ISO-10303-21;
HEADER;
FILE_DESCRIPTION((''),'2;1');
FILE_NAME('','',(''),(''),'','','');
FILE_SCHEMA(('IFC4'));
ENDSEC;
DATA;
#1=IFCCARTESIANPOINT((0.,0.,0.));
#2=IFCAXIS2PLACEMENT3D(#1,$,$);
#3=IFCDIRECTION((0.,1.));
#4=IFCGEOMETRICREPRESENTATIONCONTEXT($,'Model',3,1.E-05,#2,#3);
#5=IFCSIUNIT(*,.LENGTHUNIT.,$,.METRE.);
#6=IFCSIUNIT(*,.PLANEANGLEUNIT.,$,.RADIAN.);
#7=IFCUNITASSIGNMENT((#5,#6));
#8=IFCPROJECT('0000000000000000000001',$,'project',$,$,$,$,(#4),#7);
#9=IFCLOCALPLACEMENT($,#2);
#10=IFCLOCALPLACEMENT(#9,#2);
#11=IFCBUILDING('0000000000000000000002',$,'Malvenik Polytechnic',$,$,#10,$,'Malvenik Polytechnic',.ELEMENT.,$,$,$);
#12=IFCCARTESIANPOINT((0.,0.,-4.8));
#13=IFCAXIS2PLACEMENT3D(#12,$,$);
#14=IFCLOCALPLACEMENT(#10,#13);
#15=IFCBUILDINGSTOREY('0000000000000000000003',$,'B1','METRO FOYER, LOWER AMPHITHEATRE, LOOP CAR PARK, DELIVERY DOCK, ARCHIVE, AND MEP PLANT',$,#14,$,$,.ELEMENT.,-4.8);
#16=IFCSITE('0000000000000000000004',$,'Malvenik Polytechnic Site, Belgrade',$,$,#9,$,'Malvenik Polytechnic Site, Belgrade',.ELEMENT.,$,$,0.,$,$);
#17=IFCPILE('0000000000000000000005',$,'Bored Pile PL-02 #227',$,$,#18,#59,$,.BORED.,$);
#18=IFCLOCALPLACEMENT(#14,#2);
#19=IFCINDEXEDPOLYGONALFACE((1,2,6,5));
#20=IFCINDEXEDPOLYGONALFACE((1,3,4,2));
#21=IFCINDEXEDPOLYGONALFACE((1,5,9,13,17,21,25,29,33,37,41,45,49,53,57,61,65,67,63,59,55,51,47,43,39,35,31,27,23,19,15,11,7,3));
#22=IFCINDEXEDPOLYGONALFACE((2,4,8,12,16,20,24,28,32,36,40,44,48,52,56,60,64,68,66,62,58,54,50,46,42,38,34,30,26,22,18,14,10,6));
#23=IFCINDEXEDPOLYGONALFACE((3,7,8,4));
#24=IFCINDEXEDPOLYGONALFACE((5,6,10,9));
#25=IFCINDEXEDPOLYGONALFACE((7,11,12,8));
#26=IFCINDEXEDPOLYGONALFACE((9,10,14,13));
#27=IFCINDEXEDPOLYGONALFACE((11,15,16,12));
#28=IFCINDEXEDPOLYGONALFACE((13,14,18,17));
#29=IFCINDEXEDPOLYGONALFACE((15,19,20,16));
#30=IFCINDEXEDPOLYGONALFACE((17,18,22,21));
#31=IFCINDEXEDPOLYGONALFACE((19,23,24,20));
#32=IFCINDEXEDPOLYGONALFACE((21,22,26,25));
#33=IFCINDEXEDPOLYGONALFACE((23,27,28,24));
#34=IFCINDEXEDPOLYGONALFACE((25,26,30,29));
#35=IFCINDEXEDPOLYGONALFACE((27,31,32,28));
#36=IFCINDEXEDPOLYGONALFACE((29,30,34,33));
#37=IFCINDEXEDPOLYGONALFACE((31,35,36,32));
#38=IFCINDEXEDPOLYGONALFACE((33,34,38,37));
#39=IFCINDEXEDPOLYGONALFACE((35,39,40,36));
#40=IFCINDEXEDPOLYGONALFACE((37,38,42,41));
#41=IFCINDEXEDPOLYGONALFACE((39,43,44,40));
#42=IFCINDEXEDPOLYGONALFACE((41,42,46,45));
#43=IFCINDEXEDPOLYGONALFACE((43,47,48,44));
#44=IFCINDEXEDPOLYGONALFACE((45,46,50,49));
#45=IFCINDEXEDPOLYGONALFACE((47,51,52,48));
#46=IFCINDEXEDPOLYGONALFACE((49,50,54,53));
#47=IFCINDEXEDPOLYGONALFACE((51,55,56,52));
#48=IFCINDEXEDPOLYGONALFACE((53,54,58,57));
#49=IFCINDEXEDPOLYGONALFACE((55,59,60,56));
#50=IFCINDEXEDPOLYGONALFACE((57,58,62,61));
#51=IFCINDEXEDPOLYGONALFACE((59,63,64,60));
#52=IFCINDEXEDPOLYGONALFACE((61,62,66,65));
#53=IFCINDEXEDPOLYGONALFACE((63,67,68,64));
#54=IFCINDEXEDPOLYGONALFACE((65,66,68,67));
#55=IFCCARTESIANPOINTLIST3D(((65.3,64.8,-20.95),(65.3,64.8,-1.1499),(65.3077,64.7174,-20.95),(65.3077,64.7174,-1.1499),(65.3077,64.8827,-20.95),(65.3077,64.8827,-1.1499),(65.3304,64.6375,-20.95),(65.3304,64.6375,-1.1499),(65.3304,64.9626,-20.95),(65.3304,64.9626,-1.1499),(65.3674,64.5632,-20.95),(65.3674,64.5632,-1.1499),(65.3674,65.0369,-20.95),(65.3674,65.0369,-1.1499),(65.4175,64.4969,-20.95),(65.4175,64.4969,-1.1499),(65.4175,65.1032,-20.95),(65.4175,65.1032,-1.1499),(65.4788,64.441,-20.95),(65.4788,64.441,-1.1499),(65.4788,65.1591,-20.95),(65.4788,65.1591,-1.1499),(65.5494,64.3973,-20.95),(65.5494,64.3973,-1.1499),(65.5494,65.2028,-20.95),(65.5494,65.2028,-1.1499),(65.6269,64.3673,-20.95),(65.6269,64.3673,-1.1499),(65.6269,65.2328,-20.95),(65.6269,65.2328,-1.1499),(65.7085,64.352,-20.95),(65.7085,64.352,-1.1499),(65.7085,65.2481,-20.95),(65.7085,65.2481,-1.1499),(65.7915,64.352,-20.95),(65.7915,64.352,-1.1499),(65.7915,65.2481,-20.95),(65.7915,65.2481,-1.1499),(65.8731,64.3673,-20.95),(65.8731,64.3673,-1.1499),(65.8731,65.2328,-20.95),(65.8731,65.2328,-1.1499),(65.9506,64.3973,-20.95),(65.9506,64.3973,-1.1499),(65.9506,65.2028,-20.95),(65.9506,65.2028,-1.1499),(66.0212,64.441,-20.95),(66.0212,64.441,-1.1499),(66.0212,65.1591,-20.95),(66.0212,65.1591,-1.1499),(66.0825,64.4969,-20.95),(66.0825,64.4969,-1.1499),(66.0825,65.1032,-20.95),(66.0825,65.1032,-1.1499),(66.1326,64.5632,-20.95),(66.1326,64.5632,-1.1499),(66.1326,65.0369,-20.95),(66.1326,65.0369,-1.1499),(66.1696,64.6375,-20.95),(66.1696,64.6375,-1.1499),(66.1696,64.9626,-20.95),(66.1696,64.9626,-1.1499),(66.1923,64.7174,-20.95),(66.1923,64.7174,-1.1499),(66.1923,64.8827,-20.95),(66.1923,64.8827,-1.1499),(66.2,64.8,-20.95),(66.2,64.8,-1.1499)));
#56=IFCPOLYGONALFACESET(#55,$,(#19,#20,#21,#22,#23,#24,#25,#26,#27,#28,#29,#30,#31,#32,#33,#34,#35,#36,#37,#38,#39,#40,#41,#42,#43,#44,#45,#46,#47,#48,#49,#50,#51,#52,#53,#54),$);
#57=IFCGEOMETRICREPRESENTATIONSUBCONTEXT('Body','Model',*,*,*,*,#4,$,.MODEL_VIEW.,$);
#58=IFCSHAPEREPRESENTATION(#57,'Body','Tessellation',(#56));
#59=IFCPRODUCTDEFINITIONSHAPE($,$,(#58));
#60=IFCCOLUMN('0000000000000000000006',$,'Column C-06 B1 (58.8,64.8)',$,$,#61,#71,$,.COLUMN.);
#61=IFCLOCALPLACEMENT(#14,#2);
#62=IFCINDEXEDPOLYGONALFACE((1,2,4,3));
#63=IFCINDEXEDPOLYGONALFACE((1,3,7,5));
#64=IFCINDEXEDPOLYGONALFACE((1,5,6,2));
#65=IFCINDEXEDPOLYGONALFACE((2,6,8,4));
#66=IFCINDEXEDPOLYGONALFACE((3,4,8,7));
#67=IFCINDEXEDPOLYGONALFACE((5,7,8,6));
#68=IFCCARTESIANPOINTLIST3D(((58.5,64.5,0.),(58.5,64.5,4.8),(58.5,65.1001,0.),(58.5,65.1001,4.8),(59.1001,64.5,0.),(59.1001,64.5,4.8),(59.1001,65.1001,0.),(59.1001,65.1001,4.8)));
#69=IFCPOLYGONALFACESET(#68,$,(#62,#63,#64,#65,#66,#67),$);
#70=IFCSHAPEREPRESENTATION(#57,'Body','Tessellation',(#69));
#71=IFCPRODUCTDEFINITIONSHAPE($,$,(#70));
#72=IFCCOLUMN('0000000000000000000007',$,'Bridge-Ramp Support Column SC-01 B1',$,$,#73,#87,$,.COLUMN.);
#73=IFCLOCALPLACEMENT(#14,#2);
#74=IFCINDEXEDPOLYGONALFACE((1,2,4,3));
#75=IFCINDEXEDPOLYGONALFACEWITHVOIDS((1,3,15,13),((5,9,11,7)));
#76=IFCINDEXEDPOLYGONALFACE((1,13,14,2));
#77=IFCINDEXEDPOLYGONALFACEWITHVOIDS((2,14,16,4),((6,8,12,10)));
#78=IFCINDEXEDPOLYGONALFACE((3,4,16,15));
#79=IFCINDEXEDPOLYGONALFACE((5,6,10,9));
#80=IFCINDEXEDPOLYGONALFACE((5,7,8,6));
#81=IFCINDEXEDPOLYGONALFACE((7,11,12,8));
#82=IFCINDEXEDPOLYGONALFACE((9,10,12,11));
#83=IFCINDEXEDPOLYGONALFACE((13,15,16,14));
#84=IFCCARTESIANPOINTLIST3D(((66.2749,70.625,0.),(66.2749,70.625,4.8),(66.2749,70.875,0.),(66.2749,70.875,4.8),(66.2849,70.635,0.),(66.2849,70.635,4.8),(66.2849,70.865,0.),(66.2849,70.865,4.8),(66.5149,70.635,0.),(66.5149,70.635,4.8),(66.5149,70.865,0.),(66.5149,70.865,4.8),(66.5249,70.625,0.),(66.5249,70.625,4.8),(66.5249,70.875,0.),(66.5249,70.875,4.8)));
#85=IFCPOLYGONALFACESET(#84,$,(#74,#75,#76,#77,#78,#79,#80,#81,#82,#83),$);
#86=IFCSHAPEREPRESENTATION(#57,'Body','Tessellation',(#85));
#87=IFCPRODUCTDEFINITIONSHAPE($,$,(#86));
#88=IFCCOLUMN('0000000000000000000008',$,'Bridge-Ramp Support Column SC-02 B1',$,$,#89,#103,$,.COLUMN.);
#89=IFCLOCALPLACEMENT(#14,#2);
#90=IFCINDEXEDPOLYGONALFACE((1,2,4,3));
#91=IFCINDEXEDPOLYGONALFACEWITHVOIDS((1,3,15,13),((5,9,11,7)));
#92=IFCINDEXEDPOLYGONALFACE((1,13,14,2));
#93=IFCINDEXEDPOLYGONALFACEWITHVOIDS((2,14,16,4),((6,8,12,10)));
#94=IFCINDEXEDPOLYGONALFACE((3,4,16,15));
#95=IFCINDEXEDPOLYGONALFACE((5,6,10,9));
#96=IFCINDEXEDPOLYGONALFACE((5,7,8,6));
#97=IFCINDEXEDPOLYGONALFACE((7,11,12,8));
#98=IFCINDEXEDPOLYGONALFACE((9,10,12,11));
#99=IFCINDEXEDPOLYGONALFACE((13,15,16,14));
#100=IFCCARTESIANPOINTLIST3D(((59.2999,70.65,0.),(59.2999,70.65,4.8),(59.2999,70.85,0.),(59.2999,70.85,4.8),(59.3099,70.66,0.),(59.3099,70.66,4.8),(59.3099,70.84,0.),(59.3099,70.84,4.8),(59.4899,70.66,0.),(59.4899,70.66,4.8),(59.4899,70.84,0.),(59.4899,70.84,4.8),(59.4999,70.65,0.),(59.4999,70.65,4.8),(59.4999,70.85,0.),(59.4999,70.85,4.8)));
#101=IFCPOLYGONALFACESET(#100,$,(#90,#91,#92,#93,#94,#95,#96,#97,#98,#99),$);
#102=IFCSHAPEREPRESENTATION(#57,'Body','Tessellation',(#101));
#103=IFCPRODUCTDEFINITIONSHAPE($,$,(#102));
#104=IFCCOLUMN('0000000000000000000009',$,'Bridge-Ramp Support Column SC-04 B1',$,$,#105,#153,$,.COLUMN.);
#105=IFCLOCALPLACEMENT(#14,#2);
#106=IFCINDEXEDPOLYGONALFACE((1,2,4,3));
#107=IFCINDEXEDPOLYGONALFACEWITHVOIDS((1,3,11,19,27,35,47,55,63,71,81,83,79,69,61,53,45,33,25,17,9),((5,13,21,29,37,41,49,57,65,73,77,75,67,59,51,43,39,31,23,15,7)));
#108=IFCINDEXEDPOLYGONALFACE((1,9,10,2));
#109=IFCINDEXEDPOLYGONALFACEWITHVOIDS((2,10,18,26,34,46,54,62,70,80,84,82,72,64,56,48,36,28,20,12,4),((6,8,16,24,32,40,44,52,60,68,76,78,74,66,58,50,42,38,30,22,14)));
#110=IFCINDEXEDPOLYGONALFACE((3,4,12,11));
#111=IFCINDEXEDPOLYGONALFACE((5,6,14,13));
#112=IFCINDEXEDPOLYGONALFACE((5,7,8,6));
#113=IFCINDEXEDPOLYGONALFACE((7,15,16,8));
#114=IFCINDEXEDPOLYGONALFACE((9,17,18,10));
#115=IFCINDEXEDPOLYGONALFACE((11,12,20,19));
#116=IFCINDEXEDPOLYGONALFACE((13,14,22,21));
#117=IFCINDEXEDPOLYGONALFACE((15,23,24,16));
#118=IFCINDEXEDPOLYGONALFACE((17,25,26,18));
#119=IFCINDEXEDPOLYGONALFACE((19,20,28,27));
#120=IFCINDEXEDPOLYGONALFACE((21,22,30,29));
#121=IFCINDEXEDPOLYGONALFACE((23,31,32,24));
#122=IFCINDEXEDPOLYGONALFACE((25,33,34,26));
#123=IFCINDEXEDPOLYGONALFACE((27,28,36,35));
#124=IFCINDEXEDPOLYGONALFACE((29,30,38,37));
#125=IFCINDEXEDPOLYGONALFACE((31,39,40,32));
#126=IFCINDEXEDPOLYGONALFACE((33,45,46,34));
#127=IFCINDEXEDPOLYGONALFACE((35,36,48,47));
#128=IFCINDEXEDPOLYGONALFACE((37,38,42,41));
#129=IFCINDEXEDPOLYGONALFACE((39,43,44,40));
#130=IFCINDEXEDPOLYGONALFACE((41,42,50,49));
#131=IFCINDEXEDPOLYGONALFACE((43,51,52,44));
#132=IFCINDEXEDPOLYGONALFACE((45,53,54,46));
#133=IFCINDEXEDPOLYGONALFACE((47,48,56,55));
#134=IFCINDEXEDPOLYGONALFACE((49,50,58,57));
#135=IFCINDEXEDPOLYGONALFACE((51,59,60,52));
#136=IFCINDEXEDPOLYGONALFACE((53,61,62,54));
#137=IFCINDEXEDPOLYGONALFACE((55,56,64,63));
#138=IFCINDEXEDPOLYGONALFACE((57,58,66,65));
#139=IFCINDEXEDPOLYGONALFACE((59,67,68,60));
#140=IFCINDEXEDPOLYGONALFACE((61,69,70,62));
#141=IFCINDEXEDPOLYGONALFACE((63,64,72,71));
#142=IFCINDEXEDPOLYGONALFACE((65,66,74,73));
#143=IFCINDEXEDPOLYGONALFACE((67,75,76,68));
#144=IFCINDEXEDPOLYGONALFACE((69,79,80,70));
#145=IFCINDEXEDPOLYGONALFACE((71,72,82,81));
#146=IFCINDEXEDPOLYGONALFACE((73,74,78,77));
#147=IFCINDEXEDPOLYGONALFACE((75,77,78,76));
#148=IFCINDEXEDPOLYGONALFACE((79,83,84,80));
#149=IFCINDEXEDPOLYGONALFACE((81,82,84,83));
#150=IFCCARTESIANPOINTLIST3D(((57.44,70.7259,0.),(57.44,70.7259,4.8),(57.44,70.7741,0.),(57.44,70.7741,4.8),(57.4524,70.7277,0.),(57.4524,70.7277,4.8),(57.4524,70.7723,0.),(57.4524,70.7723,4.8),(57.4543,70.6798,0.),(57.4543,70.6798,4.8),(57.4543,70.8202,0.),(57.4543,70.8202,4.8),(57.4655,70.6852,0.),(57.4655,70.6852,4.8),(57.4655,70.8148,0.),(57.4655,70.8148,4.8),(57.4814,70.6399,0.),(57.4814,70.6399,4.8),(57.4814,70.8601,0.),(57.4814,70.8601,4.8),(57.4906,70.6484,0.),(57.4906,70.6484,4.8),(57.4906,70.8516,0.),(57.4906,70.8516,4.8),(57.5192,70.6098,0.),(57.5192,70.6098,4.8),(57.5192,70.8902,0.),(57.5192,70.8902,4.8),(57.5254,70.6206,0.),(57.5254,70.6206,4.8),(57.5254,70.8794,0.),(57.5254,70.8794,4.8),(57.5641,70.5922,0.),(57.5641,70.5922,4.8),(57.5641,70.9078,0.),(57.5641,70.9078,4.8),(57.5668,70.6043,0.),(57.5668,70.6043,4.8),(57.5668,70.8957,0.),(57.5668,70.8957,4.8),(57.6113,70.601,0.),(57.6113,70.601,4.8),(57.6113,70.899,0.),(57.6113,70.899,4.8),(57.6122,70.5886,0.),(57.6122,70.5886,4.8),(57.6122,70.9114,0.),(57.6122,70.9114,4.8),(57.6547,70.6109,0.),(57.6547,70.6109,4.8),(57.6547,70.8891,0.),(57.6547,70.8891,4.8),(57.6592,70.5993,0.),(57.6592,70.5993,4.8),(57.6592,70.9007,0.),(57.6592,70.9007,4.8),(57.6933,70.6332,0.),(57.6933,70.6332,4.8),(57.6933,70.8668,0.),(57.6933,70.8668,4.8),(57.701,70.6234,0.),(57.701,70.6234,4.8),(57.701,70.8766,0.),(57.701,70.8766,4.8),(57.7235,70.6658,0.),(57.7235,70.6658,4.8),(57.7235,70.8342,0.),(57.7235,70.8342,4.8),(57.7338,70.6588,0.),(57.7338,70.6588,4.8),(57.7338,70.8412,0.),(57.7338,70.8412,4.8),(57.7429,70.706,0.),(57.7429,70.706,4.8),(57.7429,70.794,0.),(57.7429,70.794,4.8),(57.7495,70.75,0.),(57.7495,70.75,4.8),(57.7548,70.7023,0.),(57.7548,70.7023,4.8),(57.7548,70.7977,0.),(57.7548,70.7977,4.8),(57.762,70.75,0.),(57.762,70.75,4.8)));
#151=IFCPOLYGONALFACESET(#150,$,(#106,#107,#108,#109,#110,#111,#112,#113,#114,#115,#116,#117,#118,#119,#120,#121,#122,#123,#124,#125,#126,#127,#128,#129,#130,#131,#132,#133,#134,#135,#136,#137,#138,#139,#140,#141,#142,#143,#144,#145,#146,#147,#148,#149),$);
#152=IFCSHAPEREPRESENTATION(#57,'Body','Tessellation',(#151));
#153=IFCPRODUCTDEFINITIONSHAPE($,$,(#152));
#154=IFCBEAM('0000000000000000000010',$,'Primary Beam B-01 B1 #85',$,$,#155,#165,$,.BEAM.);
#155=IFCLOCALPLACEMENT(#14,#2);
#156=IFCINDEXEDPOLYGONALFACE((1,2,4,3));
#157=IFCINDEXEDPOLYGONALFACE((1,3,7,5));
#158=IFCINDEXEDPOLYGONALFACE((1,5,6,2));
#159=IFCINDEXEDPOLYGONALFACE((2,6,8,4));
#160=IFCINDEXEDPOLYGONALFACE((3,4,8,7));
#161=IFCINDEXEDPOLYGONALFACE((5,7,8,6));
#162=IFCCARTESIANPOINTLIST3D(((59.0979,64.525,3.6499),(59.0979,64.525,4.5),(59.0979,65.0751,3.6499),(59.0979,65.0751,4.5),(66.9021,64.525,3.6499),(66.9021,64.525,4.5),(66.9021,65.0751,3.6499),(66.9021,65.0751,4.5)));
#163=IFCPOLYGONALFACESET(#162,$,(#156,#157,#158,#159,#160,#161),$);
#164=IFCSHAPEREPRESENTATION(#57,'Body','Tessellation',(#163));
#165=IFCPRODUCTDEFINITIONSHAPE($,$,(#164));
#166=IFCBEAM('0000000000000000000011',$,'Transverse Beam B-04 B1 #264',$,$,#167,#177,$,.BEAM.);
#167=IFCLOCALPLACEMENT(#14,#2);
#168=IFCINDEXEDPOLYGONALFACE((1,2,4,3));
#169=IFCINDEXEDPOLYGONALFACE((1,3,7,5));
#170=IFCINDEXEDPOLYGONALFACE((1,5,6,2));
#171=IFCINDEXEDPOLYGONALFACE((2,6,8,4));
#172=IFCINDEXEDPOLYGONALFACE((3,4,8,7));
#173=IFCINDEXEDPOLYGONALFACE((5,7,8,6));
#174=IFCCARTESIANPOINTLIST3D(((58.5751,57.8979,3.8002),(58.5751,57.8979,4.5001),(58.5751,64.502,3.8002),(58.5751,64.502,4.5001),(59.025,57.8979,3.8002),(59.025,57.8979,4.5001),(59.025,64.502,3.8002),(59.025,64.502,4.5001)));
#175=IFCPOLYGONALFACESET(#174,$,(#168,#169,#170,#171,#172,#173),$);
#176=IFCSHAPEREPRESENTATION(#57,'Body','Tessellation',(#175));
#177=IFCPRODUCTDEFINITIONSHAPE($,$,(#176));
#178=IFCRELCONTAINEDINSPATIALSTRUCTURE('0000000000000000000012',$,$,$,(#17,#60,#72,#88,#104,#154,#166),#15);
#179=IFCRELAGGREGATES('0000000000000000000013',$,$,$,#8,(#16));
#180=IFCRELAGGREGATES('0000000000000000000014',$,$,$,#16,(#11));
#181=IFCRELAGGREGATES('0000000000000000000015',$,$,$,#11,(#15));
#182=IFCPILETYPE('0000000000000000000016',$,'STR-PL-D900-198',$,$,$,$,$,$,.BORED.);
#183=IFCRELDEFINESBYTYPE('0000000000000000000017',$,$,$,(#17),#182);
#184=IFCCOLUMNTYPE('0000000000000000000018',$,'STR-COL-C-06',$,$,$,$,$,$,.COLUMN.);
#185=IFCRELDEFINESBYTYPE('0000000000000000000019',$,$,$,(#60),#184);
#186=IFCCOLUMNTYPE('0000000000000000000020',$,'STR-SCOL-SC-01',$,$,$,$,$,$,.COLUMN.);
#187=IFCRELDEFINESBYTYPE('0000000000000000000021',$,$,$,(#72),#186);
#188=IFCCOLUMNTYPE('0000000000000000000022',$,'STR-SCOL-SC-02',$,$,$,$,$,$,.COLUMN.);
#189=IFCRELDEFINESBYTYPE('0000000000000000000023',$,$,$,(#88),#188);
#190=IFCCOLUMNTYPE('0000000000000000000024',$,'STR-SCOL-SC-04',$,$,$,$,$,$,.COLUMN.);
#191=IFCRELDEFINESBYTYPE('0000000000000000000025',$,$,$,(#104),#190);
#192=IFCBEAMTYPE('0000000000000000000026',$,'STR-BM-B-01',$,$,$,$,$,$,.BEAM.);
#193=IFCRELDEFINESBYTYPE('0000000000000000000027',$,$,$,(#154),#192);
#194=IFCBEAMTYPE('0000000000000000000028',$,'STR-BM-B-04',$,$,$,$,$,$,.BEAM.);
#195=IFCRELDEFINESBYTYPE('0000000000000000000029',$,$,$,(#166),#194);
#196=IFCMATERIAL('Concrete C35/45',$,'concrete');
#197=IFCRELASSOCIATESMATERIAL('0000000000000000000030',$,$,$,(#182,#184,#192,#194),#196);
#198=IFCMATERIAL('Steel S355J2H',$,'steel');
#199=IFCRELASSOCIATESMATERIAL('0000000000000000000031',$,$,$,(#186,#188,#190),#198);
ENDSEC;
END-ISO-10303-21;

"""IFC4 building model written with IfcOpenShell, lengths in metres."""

from ifc_helpers import new_model, si_unit, direction, frame, origin, origin_2d, place, context, subcontext, project, spatial, rectangle, hollow_rectangle, circle, hollow_circle, extrude, material, material_profile, profile_set, type_object, element, save


model = new_model("IFC4")

# Units and contexts
model_context = context("Model", 3, precision=1e-05, world=origin(), true_north=direction((0.0, 1.0)))
body_context = subcontext(model_context, "Body", "Model", "MODEL_VIEW")
ifc_project = project(units=[si_unit("LENGTHUNIT", "METRE"), si_unit("PLANEANGLEUNIT", "RADIAN")], contexts=[model_context])

# Site, building, storey
site_placement = place(None, origin())
site = spatial("IfcSite", under=ifc_project, at=site_placement, Name="Malvenik Polytechnic Site, Belgrade", LongName="Malvenik Polytechnic Site, Belgrade", CompositionType="ELEMENT", RefElevation=0.0)
building_placement = place(site_placement, origin())
building = spatial("IfcBuilding", under=site, at=building_placement, Name="Malvenik Polytechnic", LongName="Malvenik Polytechnic", CompositionType="ELEMENT")
storey_placement = place(building_placement, frame((0.0, 0.0, -4.8)))
storey = spatial("IfcBuildingStorey", under=building, at=storey_placement, Name="B1", Description="METRO FOYER, LOWER AMPHITHEATRE, LOOP CAR PARK, DELIVERY DOCK, ARCHIVE, AND MEP PLANT", CompositionType="ELEMENT", Elevation=-4.8)

# Shared definitions
ifc_material_1 = material(Name="Concrete C35/45", Category="concrete")

# Pile
ifc_material_profile_1 = material_profile(ifc_material_1, circle(Radius=0.45, at=origin_2d()), Name="BORED PILE D900")
ifc_profile_set_1 = profile_set([ifc_material_profile_1], Name="Concrete C35/45")
pile_type_1 = type_object("IfcPileType", Name="STR-PL-D900-198", PredefinedType="BORED", material=ifc_profile_set_1)
for number, where, z_axis, x_axis, name in (
    (1, (65.75, 64.8, -1.1499), (0.0, 0.0, -1.0), (1.0, 0.0, 0.0), "Bored Pile PL-02 #227"),
):
    element("IfcPile", number, at=place(storey_placement, frame(where, z_axis=z_axis, x_axis=x_axis)), inside=storey, type_object=pile_type_1, Name=name, PredefinedType="BORED", context=body_context, shape_type="SweptSolid", body=[
        extrude(circle(Radius=0.45, at=origin_2d()), origin(), (0.0, 0.0, 1.0), 19.8),
    ])

# Columns
ifc_material_profile_2 = material_profile(ifc_material_1, rectangle(XDim=0.6001, YDim=0.6001, at=origin_2d()), Name="RC COL 600x600")
ifc_profile_set_2 = profile_set([ifc_material_profile_2], Name="Concrete C35/45")
column_type_1 = type_object("IfcColumnType", Name="STR-COL-C-06", PredefinedType="COLUMN", material=ifc_profile_set_2)
column_1_placement = place(storey_placement, frame((58.8, 64.8, 0.0), z_axis=(0.0, 0.0, 1.0), x_axis=(1.0, 0.0, 0.0)))
element("IfcColumn", 2, at=column_1_placement, inside=storey, type_object=column_type_1, Name="Column C-06 B1 (58.8,64.8)", PredefinedType="COLUMN", context=body_context, shape_type="SweptSolid", body=[
    extrude(rectangle(XDim=0.6001, YDim=0.6001, at=origin_2d()), origin(), (0.0, 0.0, 1.0), 4.8),
])
ifc_material_2 = material(Name="Steel S355J2H", Category="steel")
ifc_material_profile_3 = material_profile(ifc_material_2, hollow_rectangle(XDim=0.25, YDim=0.25, WallThickness=0.01, at=origin_2d()), Name="SHS 250x250x10.0")
ifc_profile_set_3 = profile_set([ifc_material_profile_3], Name="Steel S355J2H")
column_type_2 = type_object("IfcColumnType", Name="STR-SCOL-SC-01", PredefinedType="COLUMN", material=ifc_profile_set_3)
column_2_placement = place(storey_placement, frame((66.3999, 70.75, 0.0), z_axis=(0.0, 0.0, 1.0), x_axis=(1.0, 0.0, 0.0)))
element("IfcColumn", 3, at=column_2_placement, inside=storey, type_object=column_type_2, Name="Bridge-Ramp Support Column SC-01 B1", PredefinedType="COLUMN", context=body_context, shape_type="SweptSolid", body=[
    extrude(hollow_rectangle(XDim=0.25, YDim=0.25, WallThickness=0.01, at=origin_2d()), origin(), (0.0, 0.0, 1.0), 4.8),
])
ifc_material_profile_4 = material_profile(ifc_material_2, hollow_rectangle(XDim=0.2, YDim=0.2, WallThickness=0.01, at=origin_2d()), Name="SHS 200x200x10.0")
ifc_profile_set_4 = profile_set([ifc_material_profile_4], Name="Steel S355J2H")
column_type_3 = type_object("IfcColumnType", Name="STR-SCOL-SC-02", PredefinedType="COLUMN", material=ifc_profile_set_4)
column_3_placement = place(storey_placement, frame((59.3999, 70.75, 0.0), z_axis=(0.0, 0.0, 1.0), x_axis=(1.0, 0.0, 0.0)))
element("IfcColumn", 4, at=column_3_placement, inside=storey, type_object=column_type_3, Name="Bridge-Ramp Support Column SC-02 B1", PredefinedType="COLUMN", context=body_context, shape_type="SweptSolid", body=[
    extrude(hollow_rectangle(XDim=0.2, YDim=0.2, WallThickness=0.01, at=origin_2d()), origin(), (0.0, 0.0, 1.0), 4.8),
])
ifc_material_profile_5 = material_profile(ifc_material_2, hollow_circle(Radius=0.1619, WallThickness=0.0125, at=origin_2d()), Name="CHS 323.9x12.5")
ifc_profile_set_5 = profile_set([ifc_material_profile_5], Name="Steel S355J2H")
column_type_4 = type_object("IfcColumnType", Name="STR-SCOL-SC-04", PredefinedType="COLUMN", material=ifc_profile_set_5)
column_4_placement = place(storey_placement, frame((57.6001, 70.75, 0.0), z_axis=(0.0, 0.0, 1.0), x_axis=(1.0, 0.0, 0.0)))
element("IfcColumn", 5, at=column_4_placement, inside=storey, type_object=column_type_4, Name="Bridge-Ramp Support Column SC-04 B1", PredefinedType="COLUMN", context=body_context, shape_type="SweptSolid", body=[
    extrude(hollow_circle(Radius=0.1619, WallThickness=0.0125, at=origin_2d()), origin(), (0.0, 0.0, 1.0), 4.8),
])

# Beams
ifc_material_profile_6 = material_profile(ifc_material_1, rectangle(XDim=0.55, YDim=0.8501, at=origin_2d()), Name="RC BM 550x850")
ifc_profile_set_6 = profile_set([ifc_material_profile_6], Name="Concrete C35/45")
beam_type_1 = type_object("IfcBeamType", Name="STR-BM-B-01", PredefinedType="BEAM", material=ifc_profile_set_6)
beam_placement = place(storey_placement, frame((59.0979, 64.8, 4.075), z_axis=(1.0, 0.0, 0.0), x_axis=(0.0, 1.0, 0.0)))
element("IfcBeam", 6, at=beam_placement, inside=storey, type_object=beam_type_1, Name="Primary Beam B-01 B1 #85", PredefinedType="BEAM", context=body_context, shape_type="SweptSolid", body=[
    extrude(rectangle(XDim=0.55, YDim=0.8501, at=origin_2d()), origin(), (0.0, 0.0, 1.0), 7.8042),
])
ifc_material_profile_7 = material_profile(ifc_material_1, rectangle(XDim=0.45, YDim=0.7, at=origin_2d()), Name="RC BM 450x700")
ifc_profile_set_7 = profile_set([ifc_material_profile_7], Name="Concrete C35/45")
beam_type_2 = type_object("IfcBeamType", Name="STR-BM-B-04", PredefinedType="BEAM", material=ifc_profile_set_7)
for number, where, z_axis, x_axis, name in (
    (7, (58.8, 57.8979, 4.1501), (0.0, 1.0, 0.0), (-1.0, 0.0, 0.0), "Transverse Beam B-04 B1 #264"),
):
    element("IfcBeam", number, at=place(storey_placement, frame(where, z_axis=z_axis, x_axis=x_axis)), inside=storey, type_object=beam_type_2, Name=name, PredefinedType="BEAM", context=body_context, shape_type="SweptSolid", body=[
        extrude(rectangle(XDim=0.45, YDim=0.7, at=origin_2d()), origin(), (0.0, 0.0, 1.0), 6.604),
    ])

save(model, "model.ifc")
